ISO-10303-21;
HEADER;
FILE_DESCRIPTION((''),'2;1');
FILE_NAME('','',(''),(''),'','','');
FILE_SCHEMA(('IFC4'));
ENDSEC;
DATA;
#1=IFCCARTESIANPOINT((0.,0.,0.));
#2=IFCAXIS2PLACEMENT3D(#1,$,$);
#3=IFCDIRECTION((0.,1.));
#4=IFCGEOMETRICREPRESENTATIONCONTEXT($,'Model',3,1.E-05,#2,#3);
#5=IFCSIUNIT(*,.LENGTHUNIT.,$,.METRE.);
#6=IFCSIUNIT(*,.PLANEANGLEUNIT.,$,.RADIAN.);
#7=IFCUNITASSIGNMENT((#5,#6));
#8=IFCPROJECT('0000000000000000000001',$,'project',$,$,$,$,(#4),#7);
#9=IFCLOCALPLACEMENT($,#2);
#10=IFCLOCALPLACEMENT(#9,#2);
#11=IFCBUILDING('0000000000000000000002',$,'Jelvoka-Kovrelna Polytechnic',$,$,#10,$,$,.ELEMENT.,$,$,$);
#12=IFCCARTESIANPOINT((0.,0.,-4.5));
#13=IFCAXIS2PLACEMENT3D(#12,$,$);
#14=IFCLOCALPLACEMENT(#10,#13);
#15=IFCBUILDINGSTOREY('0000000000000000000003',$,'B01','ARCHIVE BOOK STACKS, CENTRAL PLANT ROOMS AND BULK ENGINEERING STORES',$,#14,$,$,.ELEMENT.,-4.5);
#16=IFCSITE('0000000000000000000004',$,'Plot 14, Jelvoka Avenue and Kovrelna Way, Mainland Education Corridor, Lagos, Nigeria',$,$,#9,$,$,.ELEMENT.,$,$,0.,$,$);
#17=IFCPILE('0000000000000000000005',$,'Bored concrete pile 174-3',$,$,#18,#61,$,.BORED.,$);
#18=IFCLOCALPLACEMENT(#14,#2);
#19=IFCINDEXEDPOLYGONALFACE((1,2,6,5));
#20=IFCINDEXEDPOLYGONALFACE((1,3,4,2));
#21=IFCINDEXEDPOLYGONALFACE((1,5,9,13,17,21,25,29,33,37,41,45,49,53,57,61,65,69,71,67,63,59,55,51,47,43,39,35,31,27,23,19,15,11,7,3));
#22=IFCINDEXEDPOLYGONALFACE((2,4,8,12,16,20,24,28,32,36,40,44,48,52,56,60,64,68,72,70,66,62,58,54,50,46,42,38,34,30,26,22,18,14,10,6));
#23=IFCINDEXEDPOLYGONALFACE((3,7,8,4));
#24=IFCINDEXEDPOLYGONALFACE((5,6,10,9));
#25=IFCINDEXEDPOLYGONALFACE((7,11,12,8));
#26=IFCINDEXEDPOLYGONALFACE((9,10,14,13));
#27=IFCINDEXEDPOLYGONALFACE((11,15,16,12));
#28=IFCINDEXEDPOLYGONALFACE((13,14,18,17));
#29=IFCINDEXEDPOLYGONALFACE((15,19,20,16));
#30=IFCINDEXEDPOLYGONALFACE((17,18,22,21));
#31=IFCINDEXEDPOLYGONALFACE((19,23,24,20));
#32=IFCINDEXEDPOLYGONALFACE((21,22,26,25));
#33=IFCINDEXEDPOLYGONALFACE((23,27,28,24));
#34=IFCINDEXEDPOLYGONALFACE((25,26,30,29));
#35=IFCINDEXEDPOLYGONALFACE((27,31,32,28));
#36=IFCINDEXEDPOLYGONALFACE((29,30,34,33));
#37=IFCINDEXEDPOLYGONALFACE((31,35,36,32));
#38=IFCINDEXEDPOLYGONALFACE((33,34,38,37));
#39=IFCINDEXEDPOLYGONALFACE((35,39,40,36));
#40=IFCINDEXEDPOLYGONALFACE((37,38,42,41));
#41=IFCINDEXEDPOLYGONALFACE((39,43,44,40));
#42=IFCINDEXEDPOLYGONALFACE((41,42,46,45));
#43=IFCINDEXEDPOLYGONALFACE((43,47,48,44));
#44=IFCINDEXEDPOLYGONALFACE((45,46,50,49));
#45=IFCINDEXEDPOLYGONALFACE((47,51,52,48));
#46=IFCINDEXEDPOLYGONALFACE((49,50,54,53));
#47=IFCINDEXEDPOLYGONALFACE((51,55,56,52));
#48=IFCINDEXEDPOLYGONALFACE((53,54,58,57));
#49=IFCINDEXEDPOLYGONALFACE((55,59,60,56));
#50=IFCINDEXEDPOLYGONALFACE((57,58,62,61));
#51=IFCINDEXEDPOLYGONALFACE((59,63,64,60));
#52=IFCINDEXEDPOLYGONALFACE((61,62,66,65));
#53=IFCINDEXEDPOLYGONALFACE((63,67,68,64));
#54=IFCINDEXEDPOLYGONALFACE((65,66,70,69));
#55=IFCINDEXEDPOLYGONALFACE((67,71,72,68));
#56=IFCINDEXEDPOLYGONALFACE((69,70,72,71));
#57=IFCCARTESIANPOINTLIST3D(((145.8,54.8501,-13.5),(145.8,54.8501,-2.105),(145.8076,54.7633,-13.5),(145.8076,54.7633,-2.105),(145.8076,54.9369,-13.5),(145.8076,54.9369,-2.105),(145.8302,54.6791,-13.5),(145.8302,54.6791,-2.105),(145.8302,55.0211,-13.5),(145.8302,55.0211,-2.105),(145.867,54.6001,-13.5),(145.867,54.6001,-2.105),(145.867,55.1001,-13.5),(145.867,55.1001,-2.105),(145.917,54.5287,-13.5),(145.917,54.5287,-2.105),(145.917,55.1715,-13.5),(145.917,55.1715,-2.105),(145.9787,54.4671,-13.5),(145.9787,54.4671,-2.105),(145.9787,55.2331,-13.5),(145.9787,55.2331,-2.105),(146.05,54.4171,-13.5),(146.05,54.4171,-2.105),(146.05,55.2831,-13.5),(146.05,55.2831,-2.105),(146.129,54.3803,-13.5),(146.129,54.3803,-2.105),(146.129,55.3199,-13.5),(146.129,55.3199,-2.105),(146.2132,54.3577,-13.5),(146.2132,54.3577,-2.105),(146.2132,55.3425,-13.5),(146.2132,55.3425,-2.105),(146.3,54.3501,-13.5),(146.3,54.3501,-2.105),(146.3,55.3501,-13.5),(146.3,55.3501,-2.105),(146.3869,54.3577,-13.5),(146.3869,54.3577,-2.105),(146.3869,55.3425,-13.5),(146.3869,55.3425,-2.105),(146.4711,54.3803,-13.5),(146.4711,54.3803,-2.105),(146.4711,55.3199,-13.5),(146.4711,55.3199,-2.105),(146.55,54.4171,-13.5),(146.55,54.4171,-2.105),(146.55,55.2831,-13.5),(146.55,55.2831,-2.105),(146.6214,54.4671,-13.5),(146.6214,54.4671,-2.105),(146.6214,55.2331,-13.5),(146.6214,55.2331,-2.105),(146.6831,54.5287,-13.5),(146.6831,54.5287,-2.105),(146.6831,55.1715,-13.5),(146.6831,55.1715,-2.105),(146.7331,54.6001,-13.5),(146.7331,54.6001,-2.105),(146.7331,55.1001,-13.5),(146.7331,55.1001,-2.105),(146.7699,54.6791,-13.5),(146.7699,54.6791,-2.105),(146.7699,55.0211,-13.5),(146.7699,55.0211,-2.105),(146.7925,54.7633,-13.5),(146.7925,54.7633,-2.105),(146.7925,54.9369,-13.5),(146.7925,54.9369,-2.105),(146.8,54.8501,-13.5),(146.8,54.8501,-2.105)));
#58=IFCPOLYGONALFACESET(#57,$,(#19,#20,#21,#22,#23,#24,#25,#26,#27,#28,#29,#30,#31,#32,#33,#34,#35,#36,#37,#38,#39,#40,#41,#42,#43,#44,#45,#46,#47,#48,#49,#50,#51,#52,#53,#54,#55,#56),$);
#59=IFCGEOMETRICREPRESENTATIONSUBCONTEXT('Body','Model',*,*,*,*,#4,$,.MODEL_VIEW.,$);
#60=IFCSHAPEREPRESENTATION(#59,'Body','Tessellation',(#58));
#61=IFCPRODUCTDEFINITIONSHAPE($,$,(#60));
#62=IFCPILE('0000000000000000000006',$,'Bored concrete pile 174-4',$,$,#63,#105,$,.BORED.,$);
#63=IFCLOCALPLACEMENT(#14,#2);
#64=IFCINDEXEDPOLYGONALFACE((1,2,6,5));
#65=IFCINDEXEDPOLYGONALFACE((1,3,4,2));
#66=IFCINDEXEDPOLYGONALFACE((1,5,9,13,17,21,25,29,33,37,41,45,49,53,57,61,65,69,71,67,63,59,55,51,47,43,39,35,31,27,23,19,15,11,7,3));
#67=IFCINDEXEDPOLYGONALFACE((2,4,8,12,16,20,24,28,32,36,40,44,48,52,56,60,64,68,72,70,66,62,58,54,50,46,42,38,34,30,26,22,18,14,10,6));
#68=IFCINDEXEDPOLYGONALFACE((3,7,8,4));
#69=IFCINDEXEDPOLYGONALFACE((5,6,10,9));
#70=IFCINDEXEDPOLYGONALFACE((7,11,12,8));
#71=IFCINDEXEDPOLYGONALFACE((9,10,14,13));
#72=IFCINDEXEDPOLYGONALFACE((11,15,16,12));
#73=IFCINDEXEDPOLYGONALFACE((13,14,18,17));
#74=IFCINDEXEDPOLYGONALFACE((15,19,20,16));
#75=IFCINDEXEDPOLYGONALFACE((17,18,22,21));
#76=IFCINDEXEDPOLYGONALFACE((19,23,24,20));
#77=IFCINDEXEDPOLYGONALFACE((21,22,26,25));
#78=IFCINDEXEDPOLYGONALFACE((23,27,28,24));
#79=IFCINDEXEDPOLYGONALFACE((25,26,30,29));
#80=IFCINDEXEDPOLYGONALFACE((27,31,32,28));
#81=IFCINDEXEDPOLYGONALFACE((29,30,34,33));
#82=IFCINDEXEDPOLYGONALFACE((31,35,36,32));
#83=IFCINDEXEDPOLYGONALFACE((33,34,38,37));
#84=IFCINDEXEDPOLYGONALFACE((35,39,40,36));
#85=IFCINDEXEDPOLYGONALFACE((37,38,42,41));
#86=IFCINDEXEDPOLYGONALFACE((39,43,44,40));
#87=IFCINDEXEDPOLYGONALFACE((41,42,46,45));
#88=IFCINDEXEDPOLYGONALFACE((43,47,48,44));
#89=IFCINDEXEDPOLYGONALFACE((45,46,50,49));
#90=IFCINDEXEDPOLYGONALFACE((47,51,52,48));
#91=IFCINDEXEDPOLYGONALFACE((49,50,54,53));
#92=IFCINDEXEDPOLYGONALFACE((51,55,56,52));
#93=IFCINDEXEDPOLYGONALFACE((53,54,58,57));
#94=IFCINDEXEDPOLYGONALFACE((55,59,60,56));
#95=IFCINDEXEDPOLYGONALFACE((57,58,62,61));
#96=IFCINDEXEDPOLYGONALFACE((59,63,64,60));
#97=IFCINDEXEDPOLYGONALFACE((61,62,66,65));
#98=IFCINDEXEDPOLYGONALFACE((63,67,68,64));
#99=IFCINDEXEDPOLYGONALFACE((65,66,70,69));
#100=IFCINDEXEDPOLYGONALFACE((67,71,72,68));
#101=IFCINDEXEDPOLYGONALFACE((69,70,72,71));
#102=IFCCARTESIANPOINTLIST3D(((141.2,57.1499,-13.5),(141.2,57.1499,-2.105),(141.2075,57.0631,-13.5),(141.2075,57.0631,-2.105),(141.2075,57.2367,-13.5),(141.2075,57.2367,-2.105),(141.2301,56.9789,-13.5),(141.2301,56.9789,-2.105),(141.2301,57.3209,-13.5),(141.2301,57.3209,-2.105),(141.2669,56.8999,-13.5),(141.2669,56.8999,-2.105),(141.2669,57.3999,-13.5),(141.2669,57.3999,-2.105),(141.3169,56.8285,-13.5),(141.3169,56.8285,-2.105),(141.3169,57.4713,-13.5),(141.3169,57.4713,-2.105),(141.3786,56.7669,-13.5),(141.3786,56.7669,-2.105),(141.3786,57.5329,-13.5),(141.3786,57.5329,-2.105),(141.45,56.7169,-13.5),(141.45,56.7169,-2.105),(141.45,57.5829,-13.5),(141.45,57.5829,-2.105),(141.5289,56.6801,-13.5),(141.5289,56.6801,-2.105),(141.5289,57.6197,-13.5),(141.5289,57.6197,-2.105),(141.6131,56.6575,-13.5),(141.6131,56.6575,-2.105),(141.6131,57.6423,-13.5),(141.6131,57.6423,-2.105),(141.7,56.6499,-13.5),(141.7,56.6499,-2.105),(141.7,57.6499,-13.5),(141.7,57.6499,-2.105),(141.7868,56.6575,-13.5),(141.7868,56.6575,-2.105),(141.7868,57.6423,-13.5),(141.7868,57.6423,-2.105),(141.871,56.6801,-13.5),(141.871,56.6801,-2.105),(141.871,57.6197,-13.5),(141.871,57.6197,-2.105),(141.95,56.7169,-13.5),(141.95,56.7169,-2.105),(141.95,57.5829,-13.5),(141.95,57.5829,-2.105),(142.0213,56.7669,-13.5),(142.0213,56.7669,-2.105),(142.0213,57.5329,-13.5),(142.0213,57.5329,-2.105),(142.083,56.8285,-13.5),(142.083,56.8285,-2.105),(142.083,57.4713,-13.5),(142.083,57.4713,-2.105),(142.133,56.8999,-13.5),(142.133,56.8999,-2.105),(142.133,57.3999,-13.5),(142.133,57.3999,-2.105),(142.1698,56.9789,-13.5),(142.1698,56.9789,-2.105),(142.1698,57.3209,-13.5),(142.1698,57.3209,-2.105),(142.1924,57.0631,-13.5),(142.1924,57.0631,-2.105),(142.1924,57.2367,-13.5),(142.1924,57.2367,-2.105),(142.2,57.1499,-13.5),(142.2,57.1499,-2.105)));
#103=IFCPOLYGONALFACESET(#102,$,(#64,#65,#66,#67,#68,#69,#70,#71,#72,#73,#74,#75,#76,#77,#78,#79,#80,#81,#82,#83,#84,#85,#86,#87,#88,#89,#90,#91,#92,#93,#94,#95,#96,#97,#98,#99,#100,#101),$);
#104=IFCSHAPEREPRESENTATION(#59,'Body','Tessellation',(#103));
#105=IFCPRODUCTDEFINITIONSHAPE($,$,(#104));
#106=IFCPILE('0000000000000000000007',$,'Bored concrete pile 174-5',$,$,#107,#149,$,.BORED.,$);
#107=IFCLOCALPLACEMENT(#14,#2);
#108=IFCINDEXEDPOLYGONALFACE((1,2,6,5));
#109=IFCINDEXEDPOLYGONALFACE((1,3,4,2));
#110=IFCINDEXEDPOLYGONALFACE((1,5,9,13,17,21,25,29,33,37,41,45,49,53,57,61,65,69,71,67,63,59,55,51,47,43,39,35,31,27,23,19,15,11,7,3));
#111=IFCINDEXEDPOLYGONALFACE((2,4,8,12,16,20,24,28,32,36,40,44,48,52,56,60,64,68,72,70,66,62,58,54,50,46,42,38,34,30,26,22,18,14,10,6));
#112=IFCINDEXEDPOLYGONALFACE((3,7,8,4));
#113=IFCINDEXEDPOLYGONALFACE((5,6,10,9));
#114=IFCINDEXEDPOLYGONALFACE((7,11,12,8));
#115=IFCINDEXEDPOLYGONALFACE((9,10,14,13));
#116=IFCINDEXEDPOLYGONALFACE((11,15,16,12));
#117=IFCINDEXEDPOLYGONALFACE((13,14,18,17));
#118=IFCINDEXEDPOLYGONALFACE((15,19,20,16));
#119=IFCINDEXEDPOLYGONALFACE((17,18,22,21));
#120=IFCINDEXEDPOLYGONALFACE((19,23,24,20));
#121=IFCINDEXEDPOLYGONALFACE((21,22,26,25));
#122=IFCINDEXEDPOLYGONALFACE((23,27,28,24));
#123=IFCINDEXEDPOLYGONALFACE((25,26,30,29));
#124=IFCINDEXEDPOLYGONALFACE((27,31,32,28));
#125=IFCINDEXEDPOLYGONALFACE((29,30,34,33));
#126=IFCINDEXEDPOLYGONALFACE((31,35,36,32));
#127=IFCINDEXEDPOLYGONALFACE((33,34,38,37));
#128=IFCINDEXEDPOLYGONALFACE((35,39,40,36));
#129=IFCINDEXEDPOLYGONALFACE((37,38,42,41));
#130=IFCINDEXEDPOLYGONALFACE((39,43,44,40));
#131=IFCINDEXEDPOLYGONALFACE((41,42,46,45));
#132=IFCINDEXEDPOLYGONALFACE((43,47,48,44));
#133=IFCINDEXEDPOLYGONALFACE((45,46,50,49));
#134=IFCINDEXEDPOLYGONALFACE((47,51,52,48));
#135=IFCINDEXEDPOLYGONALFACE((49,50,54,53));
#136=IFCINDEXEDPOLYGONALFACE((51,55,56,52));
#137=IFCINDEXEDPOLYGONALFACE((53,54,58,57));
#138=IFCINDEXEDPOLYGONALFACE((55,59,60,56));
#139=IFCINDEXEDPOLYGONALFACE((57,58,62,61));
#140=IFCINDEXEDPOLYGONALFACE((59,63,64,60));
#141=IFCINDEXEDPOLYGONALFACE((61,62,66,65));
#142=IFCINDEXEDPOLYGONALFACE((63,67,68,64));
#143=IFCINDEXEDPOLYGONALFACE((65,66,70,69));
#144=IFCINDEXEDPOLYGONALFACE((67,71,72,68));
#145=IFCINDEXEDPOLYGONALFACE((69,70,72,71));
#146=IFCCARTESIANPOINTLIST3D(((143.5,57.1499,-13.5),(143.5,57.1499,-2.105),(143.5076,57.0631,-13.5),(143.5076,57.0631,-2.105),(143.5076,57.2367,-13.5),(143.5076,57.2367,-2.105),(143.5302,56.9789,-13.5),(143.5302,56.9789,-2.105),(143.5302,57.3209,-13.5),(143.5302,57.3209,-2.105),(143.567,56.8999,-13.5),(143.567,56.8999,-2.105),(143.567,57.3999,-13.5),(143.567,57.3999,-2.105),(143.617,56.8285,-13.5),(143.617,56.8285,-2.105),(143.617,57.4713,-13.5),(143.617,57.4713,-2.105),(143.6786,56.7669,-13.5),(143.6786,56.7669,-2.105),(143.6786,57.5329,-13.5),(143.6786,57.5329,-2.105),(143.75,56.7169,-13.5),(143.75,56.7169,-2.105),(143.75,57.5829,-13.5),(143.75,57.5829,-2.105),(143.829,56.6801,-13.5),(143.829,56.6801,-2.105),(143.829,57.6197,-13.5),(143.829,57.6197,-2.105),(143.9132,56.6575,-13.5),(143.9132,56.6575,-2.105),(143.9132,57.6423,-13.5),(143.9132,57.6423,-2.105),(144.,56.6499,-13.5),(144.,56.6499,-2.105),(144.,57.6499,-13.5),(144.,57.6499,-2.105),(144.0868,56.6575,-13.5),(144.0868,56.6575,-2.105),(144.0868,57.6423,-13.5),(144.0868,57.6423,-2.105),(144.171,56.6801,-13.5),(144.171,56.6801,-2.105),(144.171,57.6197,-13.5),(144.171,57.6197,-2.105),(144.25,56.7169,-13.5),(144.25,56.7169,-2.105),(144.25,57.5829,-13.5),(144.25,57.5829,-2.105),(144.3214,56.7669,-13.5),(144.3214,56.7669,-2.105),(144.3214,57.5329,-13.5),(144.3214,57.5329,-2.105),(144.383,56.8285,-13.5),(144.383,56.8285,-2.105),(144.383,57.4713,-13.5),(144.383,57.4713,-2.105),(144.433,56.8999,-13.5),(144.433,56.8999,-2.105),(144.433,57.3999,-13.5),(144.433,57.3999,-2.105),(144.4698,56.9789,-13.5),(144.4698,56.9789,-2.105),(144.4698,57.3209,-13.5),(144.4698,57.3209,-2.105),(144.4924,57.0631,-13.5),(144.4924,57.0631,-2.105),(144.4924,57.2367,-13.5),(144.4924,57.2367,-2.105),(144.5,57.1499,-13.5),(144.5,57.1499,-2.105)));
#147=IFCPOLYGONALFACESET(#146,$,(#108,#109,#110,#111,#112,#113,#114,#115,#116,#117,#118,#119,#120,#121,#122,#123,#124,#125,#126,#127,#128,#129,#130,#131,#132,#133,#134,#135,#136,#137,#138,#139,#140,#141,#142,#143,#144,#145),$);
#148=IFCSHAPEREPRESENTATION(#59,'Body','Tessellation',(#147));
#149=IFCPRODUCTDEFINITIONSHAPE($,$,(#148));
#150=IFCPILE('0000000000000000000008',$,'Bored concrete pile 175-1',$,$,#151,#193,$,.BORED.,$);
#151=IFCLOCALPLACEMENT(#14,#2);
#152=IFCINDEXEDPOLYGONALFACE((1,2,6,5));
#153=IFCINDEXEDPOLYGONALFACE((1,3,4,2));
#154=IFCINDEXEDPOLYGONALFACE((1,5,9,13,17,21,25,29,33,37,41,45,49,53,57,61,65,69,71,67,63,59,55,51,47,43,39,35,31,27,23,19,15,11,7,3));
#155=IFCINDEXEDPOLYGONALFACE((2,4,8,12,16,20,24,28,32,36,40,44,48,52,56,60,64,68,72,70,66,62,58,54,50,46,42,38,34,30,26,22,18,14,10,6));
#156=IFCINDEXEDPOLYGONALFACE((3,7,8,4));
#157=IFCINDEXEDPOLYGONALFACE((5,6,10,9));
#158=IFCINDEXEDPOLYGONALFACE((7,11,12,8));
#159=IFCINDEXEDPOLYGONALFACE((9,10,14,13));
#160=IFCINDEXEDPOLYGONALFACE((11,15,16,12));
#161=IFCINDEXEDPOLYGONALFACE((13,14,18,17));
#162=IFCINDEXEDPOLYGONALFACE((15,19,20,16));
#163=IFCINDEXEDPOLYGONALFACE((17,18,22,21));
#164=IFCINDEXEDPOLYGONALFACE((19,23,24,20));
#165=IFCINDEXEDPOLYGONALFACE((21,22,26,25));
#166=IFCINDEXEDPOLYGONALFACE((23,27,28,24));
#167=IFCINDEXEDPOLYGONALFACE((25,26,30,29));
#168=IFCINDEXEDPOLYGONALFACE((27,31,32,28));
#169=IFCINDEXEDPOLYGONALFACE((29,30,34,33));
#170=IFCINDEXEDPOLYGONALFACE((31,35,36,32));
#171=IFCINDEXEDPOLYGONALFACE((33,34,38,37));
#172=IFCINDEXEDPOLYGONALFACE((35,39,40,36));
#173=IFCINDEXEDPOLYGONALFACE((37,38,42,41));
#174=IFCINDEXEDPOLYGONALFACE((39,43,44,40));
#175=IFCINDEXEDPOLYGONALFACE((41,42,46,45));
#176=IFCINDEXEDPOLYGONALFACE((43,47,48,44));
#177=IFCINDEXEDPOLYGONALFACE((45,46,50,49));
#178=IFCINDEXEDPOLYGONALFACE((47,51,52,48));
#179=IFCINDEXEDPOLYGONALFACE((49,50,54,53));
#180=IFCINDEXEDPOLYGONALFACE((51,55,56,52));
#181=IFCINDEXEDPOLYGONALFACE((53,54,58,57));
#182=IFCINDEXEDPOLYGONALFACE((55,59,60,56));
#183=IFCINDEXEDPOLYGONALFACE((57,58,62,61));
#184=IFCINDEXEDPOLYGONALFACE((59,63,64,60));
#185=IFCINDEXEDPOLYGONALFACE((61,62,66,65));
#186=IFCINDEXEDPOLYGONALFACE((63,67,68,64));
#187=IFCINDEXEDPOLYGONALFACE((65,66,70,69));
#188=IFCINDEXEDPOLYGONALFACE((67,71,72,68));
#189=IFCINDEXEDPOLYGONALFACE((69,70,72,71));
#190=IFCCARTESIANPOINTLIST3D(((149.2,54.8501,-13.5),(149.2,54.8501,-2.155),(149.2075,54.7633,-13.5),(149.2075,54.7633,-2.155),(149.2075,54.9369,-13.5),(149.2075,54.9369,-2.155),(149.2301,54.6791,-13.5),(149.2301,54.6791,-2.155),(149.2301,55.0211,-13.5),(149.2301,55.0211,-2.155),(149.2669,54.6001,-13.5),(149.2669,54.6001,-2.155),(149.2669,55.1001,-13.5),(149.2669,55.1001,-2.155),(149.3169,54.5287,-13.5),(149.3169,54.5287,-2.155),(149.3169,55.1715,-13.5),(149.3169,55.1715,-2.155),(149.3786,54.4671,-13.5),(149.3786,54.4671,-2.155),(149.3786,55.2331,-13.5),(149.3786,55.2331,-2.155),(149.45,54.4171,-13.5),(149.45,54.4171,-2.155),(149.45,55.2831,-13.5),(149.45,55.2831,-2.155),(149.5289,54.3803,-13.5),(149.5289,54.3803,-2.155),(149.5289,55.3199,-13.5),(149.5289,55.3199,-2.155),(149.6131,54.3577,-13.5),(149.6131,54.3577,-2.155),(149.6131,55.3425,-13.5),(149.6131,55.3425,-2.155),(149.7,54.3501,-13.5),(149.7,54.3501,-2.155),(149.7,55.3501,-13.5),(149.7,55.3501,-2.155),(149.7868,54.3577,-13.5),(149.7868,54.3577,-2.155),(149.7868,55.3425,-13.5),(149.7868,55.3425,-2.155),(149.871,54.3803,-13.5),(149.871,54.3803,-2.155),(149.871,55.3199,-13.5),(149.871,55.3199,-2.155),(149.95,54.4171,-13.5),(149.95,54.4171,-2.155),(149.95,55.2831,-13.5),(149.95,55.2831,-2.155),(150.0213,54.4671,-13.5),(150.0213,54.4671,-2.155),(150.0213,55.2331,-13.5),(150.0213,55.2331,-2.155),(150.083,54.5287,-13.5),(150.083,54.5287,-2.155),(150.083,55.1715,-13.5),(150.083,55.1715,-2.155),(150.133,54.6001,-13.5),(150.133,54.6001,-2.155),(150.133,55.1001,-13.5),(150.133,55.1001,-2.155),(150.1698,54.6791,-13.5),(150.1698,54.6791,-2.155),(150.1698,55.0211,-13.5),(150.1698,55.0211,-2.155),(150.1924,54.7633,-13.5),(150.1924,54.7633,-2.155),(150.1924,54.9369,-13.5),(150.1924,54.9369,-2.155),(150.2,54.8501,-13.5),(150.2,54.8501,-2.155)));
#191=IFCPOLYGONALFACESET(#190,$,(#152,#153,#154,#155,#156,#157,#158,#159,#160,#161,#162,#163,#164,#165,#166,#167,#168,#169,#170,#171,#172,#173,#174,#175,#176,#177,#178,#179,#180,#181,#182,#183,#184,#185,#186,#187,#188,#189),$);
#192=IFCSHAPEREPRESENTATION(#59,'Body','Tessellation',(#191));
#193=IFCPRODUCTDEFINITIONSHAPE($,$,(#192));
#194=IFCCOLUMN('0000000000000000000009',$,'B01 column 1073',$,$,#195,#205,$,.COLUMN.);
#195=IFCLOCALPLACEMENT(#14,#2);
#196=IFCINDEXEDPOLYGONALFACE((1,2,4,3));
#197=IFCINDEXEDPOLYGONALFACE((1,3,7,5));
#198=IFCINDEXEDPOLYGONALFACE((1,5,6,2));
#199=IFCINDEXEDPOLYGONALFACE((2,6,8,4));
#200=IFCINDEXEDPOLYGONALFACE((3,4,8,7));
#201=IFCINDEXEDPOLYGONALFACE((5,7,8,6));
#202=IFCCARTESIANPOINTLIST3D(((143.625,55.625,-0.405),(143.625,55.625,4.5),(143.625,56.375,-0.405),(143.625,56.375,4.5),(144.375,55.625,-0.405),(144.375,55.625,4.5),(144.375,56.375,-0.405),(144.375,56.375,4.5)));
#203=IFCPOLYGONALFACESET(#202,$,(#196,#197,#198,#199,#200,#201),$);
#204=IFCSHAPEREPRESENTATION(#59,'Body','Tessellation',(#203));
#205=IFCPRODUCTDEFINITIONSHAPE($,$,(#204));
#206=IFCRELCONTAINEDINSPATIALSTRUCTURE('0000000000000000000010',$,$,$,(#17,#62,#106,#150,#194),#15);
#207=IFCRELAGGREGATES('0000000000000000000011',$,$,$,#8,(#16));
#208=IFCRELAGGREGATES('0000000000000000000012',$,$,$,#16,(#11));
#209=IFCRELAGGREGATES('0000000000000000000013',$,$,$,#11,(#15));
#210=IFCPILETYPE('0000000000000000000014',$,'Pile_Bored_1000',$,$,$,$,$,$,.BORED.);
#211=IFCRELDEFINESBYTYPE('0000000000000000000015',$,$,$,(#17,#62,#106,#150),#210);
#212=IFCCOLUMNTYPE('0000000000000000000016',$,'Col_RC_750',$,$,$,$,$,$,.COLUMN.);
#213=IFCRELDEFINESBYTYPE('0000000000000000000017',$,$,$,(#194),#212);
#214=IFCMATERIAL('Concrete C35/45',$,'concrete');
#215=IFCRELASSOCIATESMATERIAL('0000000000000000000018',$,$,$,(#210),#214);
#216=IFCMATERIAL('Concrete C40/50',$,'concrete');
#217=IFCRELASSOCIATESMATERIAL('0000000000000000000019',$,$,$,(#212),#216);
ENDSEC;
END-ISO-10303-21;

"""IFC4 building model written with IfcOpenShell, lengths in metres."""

from ifc_helpers import new_model, si_unit, direction, frame, origin, origin_2d, place, context, subcontext, project, spatial, rectangle, circle, extrude, material, material_profile, profile_set, type_object, element, save


model = new_model("IFC4")

# Units and contexts
model_context = context("Model", 3, precision=1e-05, world=origin(), true_north=direction((0.0, 1.0)))
body_context = subcontext(model_context, "Body", "Model", "MODEL_VIEW")
ifc_project = project(units=[si_unit("LENGTHUNIT", "METRE"), si_unit("PLANEANGLEUNIT", "RADIAN")], contexts=[model_context])

# Site, building, storey
site_placement = place(None, origin())
site = spatial("IfcSite", under=ifc_project, at=site_placement, Name="Plot 14, Jelvoka Avenue and Kovrelna Way, Mainland Education Corridor, Lagos, Nigeria", CompositionType="ELEMENT", RefElevation=0.0)
building_placement = place(site_placement, origin())
building = spatial("IfcBuilding", under=site, at=building_placement, Name="Jelvoka-Kovrelna Polytechnic", CompositionType="ELEMENT")
storey_placement = place(building_placement, frame((0.0, 0.0, -4.5)))
storey = spatial("IfcBuildingStorey", under=building, at=storey_placement, Name="B01", Description="ARCHIVE BOOK STACKS, CENTRAL PLANT ROOMS AND BULK ENGINEERING STORES", CompositionType="ELEMENT", Elevation=-4.5)

# Piles
ifc_material_1 = material(Name="Concrete C35/45", Category="concrete")
ifc_material_profile_1 = material_profile(ifc_material_1, circle(Radius=0.5, at=origin_2d()), Name="PILE D1000")
ifc_profile_set_1 = profile_set([ifc_material_profile_1], Name="Concrete C35/45")
pile_type = type_object("IfcPileType", Name="Pile_Bored_1000", PredefinedType="BORED", material=ifc_profile_set_1)
for number, where, z_axis, x_axis, name in (
    (1, (146.3, 54.8501, -2.105), (0.0, 0.0, -1.0), (1.0, 0.0, 0.0), "Bored concrete pile 174-3"),
    (2, (141.7, 57.1499, -2.105), (0.0, 0.0, -1.0), (1.0, 0.0, 0.0), "Bored concrete pile 174-4"),
    (3, (144.0, 57.1499, -2.105), (0.0, 0.0, -1.0), (1.0, 0.0, 0.0), "Bored concrete pile 174-5"),
):
    element("IfcPile", number, at=place(storey_placement, frame(where, z_axis=z_axis, x_axis=x_axis)), inside=storey, type_object=pile_type, Name=name, PredefinedType="BORED", context=body_context, shape_type="SweptSolid", body=[
        extrude(circle(Radius=0.5, at=origin_2d()), origin(), (0.0, 0.0, 1.0), 11.395),
    ])
pile_1_placement = place(storey_placement, frame((149.7, 54.8501, -2.155), z_axis=(0.0, 0.0, -1.0), x_axis=(1.0, 0.0, 0.0)))
element("IfcPile", 4, at=pile_1_placement, inside=storey, type_object=pile_type, Name="Bored concrete pile 175-1", PredefinedType="BORED", context=body_context, shape_type="SweptSolid", body=[
    extrude(circle(Radius=0.5, at=origin_2d()), origin(), (0.0, 0.0, 1.0), 11.345),
])

# Column
ifc_material_2 = material(Name="Concrete C40/50", Category="concrete")
ifc_material_profile_2 = material_profile(ifc_material_2, rectangle(XDim=0.75, YDim=0.75, at=origin_2d()), Name="RC 750x750")
ifc_profile_set_2 = profile_set([ifc_material_profile_2], Name="Concrete C40/50")
column_type = type_object("IfcColumnType", Name="Col_RC_750", PredefinedType="COLUMN", material=ifc_profile_set_2)
column_placement = place(storey_placement, frame((144.0, 56.0, -0.405), z_axis=(0.0, 0.0, 1.0), x_axis=(1.0, 0.0, 0.0)))
element("IfcColumn", 5, at=column_placement, inside=storey, type_object=column_type, Name="B01 column 1073", PredefinedType="COLUMN", context=body_context, shape_type="SweptSolid", body=[
    extrude(rectangle(XDim=0.75, YDim=0.75, at=origin_2d()), origin(), (0.0, 0.0, 1.0), 4.905),
])

save(model, "model.ifc")
